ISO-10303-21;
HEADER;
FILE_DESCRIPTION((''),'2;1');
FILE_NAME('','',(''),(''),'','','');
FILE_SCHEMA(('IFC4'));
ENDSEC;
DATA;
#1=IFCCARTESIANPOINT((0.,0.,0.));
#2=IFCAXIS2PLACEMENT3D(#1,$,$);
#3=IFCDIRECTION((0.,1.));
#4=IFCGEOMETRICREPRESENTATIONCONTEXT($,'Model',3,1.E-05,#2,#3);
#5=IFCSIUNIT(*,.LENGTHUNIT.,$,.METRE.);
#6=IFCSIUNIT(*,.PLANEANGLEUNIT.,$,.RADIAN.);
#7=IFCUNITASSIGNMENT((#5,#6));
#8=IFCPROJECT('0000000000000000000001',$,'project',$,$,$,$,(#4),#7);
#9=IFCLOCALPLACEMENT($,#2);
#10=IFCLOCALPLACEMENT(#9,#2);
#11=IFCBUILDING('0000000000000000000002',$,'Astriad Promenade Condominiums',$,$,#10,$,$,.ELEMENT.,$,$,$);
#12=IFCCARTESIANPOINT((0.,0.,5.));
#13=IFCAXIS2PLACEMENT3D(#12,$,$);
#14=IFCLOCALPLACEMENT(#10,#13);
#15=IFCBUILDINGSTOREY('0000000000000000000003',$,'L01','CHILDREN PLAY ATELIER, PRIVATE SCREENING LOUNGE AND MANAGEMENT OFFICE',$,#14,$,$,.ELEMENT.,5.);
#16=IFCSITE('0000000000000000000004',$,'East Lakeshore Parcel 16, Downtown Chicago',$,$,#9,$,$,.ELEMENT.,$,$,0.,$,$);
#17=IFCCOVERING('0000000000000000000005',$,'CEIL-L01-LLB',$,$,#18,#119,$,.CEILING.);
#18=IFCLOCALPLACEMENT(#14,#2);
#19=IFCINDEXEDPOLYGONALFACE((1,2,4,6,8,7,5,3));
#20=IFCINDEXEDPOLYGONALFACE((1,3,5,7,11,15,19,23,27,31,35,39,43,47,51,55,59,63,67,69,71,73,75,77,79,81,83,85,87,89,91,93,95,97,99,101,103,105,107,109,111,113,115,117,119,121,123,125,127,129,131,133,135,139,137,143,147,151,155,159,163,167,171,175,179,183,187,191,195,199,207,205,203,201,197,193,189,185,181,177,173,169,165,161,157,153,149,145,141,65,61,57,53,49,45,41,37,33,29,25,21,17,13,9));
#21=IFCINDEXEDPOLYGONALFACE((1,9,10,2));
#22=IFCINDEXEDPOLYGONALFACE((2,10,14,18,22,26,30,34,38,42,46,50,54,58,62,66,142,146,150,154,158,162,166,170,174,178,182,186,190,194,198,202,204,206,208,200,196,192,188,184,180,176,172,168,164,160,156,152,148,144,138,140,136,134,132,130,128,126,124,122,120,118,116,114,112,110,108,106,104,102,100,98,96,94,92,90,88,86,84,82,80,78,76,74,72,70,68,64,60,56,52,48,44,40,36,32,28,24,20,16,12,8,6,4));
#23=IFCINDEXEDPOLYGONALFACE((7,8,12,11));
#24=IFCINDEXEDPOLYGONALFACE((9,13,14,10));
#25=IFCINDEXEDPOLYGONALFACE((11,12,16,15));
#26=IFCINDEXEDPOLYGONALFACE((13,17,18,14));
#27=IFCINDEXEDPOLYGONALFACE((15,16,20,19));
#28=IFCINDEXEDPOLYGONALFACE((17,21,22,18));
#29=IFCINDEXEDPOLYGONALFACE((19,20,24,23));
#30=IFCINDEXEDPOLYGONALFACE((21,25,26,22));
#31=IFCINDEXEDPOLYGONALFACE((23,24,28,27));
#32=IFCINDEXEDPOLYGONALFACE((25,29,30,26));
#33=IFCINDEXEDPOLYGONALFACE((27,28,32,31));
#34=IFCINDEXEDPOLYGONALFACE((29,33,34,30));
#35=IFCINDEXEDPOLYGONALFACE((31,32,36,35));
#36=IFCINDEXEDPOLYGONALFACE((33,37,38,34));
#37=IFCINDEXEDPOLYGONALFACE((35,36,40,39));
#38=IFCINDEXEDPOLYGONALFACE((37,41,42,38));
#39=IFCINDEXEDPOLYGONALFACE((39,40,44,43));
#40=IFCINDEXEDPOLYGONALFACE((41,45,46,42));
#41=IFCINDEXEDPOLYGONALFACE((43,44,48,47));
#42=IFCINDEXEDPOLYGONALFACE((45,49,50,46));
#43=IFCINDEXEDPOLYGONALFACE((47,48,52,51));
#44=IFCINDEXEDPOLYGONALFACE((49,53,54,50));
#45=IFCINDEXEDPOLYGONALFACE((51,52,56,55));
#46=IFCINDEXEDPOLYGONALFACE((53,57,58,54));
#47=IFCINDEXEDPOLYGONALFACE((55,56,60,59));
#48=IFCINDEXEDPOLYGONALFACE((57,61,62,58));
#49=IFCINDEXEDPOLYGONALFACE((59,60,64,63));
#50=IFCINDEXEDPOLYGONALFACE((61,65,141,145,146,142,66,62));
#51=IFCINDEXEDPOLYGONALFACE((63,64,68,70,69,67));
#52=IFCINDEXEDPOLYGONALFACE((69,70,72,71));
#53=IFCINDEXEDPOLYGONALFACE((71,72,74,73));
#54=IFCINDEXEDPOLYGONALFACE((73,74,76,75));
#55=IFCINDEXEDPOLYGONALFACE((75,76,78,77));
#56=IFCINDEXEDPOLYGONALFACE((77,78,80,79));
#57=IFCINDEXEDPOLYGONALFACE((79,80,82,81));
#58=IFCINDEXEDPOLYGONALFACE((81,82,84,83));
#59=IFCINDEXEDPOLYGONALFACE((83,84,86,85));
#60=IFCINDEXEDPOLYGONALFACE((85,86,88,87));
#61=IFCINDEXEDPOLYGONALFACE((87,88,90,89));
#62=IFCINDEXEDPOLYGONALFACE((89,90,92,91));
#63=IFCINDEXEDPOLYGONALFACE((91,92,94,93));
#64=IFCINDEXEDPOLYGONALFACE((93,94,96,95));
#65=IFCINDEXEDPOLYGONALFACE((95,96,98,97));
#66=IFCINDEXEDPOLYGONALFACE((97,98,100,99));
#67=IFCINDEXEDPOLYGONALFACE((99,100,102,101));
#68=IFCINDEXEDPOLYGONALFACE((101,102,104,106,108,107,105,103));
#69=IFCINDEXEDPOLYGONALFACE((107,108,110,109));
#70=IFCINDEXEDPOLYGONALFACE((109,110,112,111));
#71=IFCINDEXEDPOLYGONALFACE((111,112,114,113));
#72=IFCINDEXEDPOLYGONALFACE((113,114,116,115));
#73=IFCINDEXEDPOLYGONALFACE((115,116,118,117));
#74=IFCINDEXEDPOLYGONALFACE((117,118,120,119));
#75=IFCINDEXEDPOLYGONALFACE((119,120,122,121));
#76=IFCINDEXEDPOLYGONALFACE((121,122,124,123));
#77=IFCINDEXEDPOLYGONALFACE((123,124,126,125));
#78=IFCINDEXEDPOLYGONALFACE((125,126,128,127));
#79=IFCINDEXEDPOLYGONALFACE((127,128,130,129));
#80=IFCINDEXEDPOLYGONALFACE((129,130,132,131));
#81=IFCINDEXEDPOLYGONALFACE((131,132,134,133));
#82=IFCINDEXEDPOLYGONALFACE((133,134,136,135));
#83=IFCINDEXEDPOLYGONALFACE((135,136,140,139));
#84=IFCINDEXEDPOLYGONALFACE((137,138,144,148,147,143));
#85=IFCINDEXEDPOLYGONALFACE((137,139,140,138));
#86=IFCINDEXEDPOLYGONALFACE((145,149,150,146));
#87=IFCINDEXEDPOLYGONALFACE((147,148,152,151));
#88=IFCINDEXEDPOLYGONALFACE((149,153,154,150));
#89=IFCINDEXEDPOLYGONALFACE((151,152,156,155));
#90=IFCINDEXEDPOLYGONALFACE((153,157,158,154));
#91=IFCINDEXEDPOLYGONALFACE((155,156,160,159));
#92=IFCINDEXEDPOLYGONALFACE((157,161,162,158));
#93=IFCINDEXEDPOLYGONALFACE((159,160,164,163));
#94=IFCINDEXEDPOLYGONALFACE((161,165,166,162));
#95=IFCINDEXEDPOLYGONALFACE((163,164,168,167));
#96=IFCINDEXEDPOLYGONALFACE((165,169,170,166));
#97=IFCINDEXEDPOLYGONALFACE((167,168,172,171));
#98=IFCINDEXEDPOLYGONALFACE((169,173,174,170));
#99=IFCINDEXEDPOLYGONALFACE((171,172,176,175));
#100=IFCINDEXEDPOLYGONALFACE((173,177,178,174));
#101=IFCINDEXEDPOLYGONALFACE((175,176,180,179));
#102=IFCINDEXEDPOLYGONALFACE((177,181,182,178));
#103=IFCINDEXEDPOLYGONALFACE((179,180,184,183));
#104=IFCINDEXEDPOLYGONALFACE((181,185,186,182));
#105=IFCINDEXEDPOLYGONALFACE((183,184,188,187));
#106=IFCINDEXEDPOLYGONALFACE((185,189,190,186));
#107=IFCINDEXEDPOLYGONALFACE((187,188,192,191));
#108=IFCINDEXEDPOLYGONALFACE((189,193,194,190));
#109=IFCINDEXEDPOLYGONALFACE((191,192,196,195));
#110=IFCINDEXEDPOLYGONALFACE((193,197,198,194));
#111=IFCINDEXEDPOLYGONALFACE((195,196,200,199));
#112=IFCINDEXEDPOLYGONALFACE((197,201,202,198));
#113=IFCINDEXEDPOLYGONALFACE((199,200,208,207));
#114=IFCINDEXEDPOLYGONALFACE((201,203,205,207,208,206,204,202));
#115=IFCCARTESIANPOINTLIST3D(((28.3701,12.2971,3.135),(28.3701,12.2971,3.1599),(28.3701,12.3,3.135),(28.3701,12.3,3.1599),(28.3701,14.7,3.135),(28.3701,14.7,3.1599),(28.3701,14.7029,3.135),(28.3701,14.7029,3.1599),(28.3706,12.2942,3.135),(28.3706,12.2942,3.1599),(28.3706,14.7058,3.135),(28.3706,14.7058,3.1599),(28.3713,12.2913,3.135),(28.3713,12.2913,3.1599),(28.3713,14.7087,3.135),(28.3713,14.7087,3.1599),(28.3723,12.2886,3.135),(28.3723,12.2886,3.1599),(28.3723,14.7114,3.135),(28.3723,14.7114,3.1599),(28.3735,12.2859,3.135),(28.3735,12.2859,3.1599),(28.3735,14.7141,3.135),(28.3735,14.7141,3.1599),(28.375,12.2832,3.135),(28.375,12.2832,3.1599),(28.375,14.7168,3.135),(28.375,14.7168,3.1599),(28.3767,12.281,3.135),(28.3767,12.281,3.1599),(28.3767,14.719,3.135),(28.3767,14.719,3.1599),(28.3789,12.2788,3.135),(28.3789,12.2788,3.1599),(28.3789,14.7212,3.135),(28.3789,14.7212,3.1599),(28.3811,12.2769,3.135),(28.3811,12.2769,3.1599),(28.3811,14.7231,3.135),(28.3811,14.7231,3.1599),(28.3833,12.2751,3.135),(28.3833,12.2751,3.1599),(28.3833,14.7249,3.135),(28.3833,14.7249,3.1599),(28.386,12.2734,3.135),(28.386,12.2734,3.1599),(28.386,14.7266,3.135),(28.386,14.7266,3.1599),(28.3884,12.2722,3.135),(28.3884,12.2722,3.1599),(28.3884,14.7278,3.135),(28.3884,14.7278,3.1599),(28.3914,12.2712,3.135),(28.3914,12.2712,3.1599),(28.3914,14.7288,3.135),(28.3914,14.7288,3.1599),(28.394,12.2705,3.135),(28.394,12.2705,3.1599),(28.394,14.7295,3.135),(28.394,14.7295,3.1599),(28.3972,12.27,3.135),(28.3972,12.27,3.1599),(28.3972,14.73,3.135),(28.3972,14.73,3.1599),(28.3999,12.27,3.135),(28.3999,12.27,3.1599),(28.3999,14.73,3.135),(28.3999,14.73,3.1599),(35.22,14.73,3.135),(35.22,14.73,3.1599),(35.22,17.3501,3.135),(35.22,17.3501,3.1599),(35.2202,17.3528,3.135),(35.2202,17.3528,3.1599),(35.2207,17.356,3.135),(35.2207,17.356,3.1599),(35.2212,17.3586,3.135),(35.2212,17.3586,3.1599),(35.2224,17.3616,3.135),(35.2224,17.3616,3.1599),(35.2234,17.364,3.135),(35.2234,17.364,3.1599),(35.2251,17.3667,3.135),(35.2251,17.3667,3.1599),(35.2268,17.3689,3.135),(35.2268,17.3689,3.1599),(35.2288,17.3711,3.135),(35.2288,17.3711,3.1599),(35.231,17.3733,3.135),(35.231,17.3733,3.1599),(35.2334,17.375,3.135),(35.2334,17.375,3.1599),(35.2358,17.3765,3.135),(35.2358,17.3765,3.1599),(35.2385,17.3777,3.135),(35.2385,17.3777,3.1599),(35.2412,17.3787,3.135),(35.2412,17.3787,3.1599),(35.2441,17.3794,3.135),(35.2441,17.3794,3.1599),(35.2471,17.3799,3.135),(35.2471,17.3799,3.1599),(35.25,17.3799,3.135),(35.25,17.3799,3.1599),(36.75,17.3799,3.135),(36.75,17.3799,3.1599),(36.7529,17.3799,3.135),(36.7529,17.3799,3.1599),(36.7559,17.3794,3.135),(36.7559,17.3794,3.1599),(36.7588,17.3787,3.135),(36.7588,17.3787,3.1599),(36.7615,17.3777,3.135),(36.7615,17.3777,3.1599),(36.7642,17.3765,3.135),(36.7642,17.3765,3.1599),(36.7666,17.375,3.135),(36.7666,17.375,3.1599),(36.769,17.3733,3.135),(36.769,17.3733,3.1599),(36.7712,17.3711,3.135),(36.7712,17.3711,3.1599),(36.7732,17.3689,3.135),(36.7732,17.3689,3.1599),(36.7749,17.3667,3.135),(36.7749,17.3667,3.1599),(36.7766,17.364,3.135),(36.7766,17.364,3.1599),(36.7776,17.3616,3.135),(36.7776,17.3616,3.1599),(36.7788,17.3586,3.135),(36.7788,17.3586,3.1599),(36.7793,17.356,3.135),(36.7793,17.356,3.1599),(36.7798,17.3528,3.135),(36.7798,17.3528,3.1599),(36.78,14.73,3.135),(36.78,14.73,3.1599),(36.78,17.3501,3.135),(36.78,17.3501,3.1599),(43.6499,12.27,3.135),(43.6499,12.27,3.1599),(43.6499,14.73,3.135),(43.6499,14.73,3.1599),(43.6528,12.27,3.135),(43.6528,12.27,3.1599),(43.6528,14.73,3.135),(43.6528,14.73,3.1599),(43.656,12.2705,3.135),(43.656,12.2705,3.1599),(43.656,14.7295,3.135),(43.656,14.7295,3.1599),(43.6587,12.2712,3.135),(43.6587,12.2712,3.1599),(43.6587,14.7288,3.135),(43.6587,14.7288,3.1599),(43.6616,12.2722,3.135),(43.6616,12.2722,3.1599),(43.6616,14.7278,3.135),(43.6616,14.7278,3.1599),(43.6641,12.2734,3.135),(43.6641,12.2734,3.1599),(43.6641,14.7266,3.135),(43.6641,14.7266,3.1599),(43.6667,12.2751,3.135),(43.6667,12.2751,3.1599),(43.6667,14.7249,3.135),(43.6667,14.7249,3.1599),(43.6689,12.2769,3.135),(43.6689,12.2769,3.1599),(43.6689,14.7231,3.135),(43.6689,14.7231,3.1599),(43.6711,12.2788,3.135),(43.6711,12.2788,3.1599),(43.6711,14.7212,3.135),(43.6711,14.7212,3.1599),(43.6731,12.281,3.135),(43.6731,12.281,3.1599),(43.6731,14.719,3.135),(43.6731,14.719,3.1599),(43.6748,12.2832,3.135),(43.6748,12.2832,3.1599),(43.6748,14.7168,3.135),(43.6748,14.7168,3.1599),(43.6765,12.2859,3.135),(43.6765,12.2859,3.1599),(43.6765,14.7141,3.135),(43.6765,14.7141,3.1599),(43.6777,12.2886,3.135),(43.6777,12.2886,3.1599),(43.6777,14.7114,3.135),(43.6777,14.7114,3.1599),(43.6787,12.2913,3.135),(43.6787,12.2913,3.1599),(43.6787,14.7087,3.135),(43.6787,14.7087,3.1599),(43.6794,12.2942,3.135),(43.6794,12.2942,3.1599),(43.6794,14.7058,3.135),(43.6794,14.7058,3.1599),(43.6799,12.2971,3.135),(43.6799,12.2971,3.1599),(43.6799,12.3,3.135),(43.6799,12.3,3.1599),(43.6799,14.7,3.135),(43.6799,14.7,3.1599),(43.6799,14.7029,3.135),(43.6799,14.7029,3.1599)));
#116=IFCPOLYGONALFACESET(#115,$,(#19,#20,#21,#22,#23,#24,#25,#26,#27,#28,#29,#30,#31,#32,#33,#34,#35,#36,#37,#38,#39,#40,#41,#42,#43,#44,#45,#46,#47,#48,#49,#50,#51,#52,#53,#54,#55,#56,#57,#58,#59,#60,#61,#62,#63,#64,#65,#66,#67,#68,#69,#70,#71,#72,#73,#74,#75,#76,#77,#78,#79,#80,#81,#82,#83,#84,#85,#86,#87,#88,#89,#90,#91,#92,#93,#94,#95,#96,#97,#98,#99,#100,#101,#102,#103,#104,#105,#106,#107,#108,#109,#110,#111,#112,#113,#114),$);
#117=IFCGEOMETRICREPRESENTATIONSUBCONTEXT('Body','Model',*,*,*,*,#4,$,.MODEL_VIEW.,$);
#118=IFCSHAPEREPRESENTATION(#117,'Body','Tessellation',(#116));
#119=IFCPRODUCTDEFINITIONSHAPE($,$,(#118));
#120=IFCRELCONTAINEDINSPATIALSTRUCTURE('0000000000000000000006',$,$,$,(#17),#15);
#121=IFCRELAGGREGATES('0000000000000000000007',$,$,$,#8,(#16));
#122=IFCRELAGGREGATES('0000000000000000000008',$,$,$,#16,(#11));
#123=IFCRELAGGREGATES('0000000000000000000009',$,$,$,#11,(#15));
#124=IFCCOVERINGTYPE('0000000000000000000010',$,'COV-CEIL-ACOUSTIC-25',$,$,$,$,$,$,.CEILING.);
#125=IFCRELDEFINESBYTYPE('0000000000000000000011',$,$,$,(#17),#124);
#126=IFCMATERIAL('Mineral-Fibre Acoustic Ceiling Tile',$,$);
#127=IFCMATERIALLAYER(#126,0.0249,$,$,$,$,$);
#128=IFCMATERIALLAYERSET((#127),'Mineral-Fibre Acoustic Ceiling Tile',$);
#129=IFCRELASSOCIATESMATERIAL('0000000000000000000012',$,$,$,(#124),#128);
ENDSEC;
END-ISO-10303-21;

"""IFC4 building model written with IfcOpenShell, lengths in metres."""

from ifc_helpers import new_model, si_unit, direction, frame, origin, place, context, subcontext, project, spatial, polyline, outline, extrude, material, layer, layer_set, type_object, element, save


model = new_model("IFC4")

# Units and contexts
model_context = context("Model", 3, precision=1e-05, world=origin(), true_north=direction((0.0, 1.0)))
body_context = subcontext(model_context, "Body", "Model", "MODEL_VIEW")
ifc_project = project(units=[si_unit("LENGTHUNIT", "METRE"), si_unit("PLANEANGLEUNIT", "RADIAN")], contexts=[model_context])

# Site, building, storey
site_placement = place(None, origin())
site = spatial("IfcSite", under=ifc_project, at=site_placement, Name="East Lakeshore Parcel 16, Downtown Chicago", CompositionType="ELEMENT", RefElevation=0.0)
building_placement = place(site_placement, origin())
building = spatial("IfcBuilding", under=site, at=building_placement, Name="Astriad Promenade Condominiums", CompositionType="ELEMENT")
storey_placement = place(building_placement, frame((0.0, 0.0, 5.0)))
storey = spatial("IfcBuildingStorey", under=building, at=storey_placement, Name="L01", Description="CHILDREN PLAY ATELIER, PRIVATE SCREENING LOUNGE AND MANAGEMENT OFFICE", CompositionType="ELEMENT", Elevation=5.0)

# Covering
ifc_material_1 = material(Name="Mineral-Fibre Acoustic Ceiling Tile")
ifc_layer_1 = layer(ifc_material_1, 0.0249)
ifc_layer_set_1 = layer_set([ifc_layer_1], Name="Mineral-Fibre Acoustic Ceiling Tile")
covering_type_1 = type_object("IfcCoveringType", Name="COV-CEIL-ACOUSTIC-25", PredefinedType="CEILING", material=ifc_layer_set_1)
covering_1_placement = place(storey_placement, frame((0.0, 0.0, 3.135)))
element("IfcCovering", 1, at=covering_1_placement, inside=storey, type_object=covering_type_1, Name="CEIL-L01-LLB", PredefinedType="CEILING", context=body_context, shape_type="SweptSolid", body=[
    extrude(outline(polyline([(43.6799, 12.3), (43.6799, 12.2971), (43.6794, 12.2942), (43.6787, 12.2913), (43.6777, 12.2886), (43.6765, 12.2859), (43.6748, 12.2832), (43.6731, 12.281), (43.6711, 12.2788), (43.6689, 12.2769), (43.6667, 12.2751), (43.6641, 12.2734), (43.6616, 12.2722), (43.6587, 12.2712), (43.656, 12.2705), (43.6528, 12.27), (43.6499, 12.27), (28.3999, 12.27), (28.3972, 12.27), (28.394, 12.2705), (28.3914, 12.2712), (28.3884, 12.2722), (28.386, 12.2734), (28.3833, 12.2751), (28.3811, 12.2769), (28.3789, 12.2788), (28.3767, 12.281), (28.375, 12.2832), (28.3735, 12.2859), (28.3723, 12.2886), (28.3713, 12.2913), (28.3706, 12.2942), (28.3701, 12.2971), (28.3701, 12.3), (28.3701, 14.7), (28.3701, 14.7029), (28.3706, 14.7058), (28.3713, 14.7087), (28.3723, 14.7114), (28.3735, 14.7141), (28.375, 14.7168), (28.3767, 14.719), (28.3789, 14.7212), (28.3811, 14.7231), (28.3833, 14.7249), (28.386, 14.7266), (28.3884, 14.7278), (28.3914, 14.7288), (28.394, 14.7295), (28.3972, 14.73), (28.3999, 14.73), (35.22, 14.73), (35.22, 17.3501), (35.2202, 17.3528), (35.2207, 17.356), (35.2212, 17.3586), (35.2224, 17.3616), (35.2234, 17.364), (35.2251, 17.3667), (35.2268, 17.3689), (35.2288, 17.3711), (35.231, 17.3733), (35.2334, 17.375), (35.2358, 17.3765), (35.2385, 17.3777), (35.2412, 17.3787), (35.2441, 17.3794), (35.2471, 17.3799), (35.25, 17.3799), (36.75, 17.3799), (36.7529, 17.3799), (36.7559, 17.3794), (36.7588, 17.3787), (36.7615, 17.3777), (36.7642, 17.3765), (36.7666, 17.375), (36.769, 17.3733), (36.7712, 17.3711), (36.7732, 17.3689), (36.7749, 17.3667), (36.7766, 17.364), (36.7776, 17.3616), (36.7788, 17.3586), (36.7793, 17.356), (36.7798, 17.3528), (36.78, 17.3501), (36.78, 14.73), (43.6499, 14.73), (43.6528, 14.73), (43.656, 14.7295), (43.6587, 14.7288), (43.6616, 14.7278), (43.6641, 14.7266), (43.6667, 14.7249), (43.6689, 14.7231), (43.6711, 14.7212), (43.6731, 14.719), (43.6748, 14.7168), (43.6765, 14.7141), (43.6777, 14.7114), (43.6787, 14.7087), (43.6794, 14.7058), (43.6799, 14.7029), (43.6799, 14.7), (43.6799, 12.3)])), origin(), (0.0, 0.0, 1.0), 0.0249),
])

save(model, "model.ifc")
